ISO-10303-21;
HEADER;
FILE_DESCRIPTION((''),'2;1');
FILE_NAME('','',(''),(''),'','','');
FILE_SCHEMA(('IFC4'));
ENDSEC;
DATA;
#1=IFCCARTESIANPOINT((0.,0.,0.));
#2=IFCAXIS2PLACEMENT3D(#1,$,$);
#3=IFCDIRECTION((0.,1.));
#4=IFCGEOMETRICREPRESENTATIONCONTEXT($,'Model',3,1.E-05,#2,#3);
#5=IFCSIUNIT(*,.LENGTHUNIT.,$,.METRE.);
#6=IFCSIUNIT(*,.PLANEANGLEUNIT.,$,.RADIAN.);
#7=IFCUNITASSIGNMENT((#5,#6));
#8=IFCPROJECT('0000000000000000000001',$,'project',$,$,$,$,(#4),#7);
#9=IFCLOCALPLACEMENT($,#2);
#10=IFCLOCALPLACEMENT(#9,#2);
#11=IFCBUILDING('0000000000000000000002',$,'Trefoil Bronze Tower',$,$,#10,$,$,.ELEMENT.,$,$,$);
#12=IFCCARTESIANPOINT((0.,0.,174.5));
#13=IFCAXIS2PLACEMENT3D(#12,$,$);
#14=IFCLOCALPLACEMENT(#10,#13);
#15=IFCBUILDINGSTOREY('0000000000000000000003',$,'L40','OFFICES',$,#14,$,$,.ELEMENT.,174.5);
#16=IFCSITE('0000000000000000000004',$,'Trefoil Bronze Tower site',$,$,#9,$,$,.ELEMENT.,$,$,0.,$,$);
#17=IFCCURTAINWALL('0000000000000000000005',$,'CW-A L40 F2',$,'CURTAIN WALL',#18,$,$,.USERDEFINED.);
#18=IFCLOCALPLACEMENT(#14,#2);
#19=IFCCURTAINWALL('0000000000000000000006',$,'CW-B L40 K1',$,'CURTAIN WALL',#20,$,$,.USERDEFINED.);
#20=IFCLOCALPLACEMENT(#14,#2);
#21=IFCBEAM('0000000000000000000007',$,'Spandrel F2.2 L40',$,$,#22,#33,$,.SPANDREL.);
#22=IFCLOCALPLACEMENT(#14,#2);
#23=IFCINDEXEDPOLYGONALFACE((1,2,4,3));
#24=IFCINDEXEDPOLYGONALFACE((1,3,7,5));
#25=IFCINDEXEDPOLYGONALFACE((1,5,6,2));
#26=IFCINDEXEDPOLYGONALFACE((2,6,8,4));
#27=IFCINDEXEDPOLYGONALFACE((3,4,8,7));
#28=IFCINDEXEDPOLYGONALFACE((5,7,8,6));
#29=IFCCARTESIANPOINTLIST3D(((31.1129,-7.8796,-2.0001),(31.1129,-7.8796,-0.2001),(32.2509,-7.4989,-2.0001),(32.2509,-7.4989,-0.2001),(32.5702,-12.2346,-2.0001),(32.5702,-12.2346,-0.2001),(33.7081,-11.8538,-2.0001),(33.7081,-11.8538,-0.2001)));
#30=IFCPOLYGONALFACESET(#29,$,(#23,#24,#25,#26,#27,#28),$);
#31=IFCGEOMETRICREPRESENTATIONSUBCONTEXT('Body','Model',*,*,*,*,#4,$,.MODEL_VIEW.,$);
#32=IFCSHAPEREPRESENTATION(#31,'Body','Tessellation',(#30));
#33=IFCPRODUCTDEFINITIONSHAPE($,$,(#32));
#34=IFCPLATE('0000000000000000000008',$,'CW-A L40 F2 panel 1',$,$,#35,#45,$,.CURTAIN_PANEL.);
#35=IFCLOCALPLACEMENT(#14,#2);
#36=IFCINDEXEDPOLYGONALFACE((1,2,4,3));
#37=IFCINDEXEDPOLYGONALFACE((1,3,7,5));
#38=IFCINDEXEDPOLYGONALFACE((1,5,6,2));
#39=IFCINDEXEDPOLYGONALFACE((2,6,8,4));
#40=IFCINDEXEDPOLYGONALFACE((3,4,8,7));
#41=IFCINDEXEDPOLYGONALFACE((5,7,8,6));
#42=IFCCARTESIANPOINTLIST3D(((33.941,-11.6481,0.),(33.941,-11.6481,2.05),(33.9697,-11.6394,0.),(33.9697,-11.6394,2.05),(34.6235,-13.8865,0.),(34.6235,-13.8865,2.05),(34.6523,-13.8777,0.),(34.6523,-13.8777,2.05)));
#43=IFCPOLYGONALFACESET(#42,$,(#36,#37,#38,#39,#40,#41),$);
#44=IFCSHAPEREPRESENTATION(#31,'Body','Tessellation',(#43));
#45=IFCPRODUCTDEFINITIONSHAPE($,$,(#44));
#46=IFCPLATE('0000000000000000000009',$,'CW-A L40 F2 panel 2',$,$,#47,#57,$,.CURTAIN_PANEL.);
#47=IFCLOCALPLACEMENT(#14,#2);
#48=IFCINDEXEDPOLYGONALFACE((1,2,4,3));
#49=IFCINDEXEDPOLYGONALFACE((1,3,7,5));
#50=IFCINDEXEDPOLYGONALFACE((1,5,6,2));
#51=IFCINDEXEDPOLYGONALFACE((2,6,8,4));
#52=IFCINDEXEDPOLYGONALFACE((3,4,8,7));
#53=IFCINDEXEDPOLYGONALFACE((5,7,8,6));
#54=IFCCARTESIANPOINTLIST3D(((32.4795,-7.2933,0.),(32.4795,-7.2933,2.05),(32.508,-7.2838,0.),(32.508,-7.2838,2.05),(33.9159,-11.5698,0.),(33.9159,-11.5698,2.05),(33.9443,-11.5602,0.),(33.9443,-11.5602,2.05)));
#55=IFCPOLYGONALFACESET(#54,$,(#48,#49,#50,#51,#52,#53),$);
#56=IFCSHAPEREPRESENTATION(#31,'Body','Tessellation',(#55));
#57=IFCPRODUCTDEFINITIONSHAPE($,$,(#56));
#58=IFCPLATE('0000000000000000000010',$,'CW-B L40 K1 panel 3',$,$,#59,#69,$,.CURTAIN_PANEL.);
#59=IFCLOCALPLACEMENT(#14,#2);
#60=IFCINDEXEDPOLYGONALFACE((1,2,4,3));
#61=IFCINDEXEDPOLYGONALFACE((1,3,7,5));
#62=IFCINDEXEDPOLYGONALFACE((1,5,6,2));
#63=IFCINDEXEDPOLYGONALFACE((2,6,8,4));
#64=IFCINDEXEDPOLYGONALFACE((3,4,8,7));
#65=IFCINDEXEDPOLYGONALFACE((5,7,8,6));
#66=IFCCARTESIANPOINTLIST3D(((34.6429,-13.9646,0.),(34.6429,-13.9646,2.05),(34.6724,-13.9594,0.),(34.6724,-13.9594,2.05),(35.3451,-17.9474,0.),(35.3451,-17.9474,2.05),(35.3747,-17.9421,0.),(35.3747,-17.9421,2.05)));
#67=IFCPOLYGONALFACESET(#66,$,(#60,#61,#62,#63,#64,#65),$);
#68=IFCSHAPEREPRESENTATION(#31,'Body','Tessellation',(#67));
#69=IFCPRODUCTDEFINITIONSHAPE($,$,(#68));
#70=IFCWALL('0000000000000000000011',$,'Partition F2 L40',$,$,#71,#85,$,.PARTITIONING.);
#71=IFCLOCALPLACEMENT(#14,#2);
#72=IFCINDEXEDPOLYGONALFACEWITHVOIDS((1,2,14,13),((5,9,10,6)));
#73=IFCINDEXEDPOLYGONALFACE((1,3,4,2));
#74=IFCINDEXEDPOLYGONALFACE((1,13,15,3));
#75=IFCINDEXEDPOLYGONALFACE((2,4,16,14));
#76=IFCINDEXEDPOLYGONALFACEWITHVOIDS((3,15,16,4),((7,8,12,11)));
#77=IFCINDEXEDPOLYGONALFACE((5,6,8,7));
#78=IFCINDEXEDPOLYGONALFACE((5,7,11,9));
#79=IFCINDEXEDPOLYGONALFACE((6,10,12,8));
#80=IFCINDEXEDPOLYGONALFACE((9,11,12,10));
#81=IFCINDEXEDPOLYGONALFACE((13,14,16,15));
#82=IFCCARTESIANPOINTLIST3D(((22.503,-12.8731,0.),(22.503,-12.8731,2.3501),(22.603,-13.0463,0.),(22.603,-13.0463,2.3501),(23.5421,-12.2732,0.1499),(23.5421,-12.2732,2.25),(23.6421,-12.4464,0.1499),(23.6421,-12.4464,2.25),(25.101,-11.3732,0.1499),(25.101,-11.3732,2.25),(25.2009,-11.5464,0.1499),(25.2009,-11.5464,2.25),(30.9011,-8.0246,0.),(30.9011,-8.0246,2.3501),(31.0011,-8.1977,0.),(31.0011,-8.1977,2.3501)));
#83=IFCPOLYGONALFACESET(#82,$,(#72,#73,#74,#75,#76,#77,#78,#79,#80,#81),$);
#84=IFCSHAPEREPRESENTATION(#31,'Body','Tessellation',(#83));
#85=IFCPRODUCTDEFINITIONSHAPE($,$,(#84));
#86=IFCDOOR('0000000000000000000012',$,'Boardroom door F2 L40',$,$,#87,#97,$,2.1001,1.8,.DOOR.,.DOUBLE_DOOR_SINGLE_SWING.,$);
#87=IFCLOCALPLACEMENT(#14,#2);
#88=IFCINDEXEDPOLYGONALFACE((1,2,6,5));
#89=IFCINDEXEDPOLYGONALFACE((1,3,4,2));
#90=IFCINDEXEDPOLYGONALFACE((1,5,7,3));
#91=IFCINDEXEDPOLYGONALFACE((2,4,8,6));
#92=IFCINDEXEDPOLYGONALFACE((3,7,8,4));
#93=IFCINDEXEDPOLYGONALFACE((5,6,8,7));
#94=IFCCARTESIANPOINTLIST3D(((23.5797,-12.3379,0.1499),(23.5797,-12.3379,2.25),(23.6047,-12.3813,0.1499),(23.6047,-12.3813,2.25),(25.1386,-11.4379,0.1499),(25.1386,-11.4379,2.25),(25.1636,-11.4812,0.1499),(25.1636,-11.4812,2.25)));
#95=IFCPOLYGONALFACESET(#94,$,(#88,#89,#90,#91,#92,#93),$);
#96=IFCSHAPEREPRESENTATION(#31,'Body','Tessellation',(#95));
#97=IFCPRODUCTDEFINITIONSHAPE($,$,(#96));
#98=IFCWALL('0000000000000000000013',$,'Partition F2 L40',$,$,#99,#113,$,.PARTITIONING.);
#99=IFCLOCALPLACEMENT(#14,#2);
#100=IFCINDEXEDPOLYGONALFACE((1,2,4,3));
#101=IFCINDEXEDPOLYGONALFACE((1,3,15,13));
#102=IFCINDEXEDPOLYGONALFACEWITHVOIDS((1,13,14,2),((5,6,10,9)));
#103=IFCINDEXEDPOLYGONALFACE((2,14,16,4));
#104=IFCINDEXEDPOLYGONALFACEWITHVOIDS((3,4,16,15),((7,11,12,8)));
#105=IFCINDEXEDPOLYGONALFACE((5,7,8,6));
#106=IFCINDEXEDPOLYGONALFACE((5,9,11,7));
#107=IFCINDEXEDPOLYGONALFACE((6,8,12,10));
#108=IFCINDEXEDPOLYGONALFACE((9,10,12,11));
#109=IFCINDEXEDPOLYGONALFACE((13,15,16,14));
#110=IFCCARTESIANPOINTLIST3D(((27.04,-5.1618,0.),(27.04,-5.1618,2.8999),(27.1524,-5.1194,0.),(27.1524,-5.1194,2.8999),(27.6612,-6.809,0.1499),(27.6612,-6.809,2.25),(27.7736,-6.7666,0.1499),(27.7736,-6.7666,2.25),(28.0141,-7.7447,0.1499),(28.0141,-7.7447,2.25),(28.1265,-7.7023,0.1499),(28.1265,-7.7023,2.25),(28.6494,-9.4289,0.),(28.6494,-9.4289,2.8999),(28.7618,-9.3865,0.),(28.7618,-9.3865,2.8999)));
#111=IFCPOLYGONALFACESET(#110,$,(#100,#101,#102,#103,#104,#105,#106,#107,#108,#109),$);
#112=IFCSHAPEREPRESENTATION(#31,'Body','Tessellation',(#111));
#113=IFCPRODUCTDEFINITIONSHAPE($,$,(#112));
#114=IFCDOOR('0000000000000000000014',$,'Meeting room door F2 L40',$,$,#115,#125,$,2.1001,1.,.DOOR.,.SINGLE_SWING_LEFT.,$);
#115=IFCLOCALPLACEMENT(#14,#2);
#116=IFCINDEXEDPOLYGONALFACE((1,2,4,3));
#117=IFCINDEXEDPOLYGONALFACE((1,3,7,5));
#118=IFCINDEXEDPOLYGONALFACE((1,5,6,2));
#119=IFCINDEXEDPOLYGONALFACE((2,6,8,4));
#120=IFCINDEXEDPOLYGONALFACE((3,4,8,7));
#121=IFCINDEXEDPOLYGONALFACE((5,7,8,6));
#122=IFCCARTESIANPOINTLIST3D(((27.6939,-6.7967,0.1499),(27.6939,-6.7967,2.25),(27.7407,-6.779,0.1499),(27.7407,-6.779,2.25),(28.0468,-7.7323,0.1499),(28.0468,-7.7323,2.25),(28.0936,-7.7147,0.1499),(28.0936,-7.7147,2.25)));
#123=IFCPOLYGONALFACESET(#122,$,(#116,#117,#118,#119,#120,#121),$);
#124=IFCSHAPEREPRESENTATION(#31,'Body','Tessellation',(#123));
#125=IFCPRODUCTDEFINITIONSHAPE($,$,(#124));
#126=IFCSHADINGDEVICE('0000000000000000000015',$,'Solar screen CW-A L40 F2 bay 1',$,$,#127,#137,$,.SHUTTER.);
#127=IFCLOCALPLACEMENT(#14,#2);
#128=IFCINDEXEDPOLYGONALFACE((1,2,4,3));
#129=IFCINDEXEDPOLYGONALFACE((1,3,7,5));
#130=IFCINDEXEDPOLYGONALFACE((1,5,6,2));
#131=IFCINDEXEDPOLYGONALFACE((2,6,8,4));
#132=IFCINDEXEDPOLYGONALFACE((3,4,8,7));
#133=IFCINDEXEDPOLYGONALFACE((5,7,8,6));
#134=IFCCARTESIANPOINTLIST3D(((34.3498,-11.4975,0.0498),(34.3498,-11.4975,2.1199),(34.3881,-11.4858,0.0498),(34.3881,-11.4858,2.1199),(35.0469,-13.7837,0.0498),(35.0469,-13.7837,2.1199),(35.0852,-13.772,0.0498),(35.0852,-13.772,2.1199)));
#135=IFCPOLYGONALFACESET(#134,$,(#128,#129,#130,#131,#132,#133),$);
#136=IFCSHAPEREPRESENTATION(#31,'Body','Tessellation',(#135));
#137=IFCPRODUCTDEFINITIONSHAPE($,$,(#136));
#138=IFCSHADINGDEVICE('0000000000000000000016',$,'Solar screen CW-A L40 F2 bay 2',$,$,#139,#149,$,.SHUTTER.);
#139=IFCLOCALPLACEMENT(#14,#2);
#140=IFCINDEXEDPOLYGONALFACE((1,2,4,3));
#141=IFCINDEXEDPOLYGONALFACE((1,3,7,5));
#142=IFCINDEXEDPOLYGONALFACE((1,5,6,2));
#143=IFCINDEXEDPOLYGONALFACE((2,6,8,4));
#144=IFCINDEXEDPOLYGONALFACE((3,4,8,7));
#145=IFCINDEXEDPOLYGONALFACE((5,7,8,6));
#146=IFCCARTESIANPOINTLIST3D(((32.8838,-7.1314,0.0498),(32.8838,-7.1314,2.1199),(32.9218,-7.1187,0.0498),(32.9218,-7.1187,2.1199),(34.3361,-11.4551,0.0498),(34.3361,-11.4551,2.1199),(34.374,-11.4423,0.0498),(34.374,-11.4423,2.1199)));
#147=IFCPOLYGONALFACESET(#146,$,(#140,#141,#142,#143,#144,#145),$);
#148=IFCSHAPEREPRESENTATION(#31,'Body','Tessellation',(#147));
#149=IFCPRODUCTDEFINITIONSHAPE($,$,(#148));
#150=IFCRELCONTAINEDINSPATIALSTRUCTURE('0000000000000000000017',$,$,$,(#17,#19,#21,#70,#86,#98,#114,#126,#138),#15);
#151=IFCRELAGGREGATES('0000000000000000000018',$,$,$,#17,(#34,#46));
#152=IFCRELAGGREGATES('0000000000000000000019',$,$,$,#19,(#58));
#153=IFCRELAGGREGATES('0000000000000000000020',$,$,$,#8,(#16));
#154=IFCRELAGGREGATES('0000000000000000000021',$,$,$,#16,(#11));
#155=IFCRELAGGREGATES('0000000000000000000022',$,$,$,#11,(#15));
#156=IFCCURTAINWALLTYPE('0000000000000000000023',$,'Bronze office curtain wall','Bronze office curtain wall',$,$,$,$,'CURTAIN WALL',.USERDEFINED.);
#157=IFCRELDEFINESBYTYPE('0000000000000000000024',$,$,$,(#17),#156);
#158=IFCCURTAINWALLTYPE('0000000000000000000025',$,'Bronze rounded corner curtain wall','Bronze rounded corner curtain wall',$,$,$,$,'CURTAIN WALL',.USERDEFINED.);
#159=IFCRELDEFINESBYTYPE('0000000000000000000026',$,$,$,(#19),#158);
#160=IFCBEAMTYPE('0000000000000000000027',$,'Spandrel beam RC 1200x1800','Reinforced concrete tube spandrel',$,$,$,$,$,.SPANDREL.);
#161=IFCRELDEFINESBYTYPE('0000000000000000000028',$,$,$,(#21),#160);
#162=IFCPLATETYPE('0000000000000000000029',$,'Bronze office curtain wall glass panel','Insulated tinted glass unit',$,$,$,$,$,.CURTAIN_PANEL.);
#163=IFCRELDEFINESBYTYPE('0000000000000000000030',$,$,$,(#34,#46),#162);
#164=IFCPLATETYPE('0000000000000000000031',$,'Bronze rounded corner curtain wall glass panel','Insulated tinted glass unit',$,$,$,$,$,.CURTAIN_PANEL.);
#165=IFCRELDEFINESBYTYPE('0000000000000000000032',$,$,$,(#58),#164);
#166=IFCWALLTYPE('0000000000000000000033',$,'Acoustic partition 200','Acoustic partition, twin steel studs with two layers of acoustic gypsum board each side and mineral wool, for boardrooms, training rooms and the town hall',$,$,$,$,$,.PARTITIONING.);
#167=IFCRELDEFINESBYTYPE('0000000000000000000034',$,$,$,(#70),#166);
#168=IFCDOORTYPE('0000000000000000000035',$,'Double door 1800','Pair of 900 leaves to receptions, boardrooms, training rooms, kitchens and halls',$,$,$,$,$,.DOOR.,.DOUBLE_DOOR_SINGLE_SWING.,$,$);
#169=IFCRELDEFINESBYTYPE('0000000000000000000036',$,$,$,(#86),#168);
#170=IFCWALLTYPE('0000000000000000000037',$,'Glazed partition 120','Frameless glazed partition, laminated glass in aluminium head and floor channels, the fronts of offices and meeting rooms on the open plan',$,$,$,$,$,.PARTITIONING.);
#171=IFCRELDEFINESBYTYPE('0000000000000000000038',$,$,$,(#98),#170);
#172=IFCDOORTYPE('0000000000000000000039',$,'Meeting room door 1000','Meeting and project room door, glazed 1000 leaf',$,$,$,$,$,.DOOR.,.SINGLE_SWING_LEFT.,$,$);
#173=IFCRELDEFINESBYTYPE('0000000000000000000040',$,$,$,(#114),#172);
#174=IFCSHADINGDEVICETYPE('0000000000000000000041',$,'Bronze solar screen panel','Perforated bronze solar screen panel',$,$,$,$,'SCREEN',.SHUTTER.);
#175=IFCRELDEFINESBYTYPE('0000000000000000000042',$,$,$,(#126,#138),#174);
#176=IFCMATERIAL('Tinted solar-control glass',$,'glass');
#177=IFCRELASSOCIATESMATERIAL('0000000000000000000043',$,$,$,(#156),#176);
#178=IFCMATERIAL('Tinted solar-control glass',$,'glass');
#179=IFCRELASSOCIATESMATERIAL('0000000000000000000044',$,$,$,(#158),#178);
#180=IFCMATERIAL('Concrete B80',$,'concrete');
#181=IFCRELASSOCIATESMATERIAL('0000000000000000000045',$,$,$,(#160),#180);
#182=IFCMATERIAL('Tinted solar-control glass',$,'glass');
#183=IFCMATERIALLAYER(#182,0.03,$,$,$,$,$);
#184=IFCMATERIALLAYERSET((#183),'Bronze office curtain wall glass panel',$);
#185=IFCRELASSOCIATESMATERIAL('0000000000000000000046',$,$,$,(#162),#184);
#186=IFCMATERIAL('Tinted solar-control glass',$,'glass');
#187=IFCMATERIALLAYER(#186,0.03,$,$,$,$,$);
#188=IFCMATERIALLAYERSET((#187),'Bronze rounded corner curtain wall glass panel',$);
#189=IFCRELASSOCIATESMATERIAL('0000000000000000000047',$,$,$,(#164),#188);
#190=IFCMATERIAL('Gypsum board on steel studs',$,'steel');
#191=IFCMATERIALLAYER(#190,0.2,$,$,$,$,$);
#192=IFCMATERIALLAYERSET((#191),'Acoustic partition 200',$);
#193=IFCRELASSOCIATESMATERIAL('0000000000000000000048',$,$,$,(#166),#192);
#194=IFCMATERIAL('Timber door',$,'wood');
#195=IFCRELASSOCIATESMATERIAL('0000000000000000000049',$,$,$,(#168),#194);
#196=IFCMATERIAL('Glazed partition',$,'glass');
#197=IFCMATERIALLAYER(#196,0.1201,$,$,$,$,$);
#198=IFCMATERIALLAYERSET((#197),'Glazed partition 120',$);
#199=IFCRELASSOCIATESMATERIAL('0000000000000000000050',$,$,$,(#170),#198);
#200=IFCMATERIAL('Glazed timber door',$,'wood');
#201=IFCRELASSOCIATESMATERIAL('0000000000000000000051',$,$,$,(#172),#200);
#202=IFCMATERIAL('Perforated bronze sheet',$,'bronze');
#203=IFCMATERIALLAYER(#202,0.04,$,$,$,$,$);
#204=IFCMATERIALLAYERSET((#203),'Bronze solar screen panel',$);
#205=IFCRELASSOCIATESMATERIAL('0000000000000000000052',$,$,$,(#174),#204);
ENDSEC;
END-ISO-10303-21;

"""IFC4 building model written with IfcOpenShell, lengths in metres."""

from ifc_helpers import new_model, si_unit, direction, frame, frame_2d, origin, origin_2d, place, context, subcontext, project, spatial, rectangle, extrude, material, layer, layer_set, material_profile, profile_set, type_object, element, fill, aggregate, save


model = new_model("IFC4")

# Units and contexts
model_context = context("Model", 3, precision=1e-05, world=origin(), true_north=direction((0.0, 1.0)))
body_context = subcontext(model_context, "Body", "Model", "MODEL_VIEW")
ifc_project = project(units=[si_unit("LENGTHUNIT", "METRE"), si_unit("PLANEANGLEUNIT", "RADIAN")], contexts=[model_context])

# Site, building, storey
site_placement = place(None, origin())
site = spatial("IfcSite", under=ifc_project, at=site_placement, Name="Trefoil Bronze Tower site", CompositionType="ELEMENT", RefElevation=0.0)
building_placement = place(site_placement, origin())
building = spatial("IfcBuilding", under=site, at=building_placement, Name="Trefoil Bronze Tower", CompositionType="ELEMENT")
storey_placement = place(building_placement, frame((0.0, 0.0, 174.5)))
storey = spatial("IfcBuildingStorey", under=building, at=storey_placement, Name="L40", Description="OFFICES", CompositionType="ELEMENT", Elevation=174.5)

# Curtain wall
ifc_material_1 = material(Name="Tinted solar-control glass", Category="glass")
curtain_wall_type_1 = type_object("IfcCurtainWallType", Name="Bronze office curtain wall", Description="Bronze office curtain wall", ElementType="CURTAIN WALL", PredefinedType="USERDEFINED", material=ifc_material_1)
curtain_wall_1_placement = place(storey_placement, origin())
curtain_wall_1 = element("IfcCurtainWall", 1, at=curtain_wall_1_placement, inside=storey, type_object=curtain_wall_type_1, Name="CW-A L40 F2", ObjectType="CURTAIN WALL", PredefinedType="USERDEFINED")

# Curtain wall
ifc_material_2 = material(Name="Tinted solar-control glass", Category="glass")
curtain_wall_type_2 = type_object("IfcCurtainWallType", Name="Bronze rounded corner curtain wall", Description="Bronze rounded corner curtain wall", ElementType="CURTAIN WALL", PredefinedType="USERDEFINED", material=ifc_material_2)
curtain_wall_2_placement = place(storey_placement, origin())
curtain_wall_2 = element("IfcCurtainWall", 2, at=curtain_wall_2_placement, inside=storey, type_object=curtain_wall_type_2, Name="CW-B L40 K1", ObjectType="CURTAIN WALL", PredefinedType="USERDEFINED")

# Beam
ifc_material_3 = material(Name="Concrete B80", Category="concrete")
ifc_material_profile_1 = material_profile(ifc_material_3, rectangle(XDim=1.2, YDim=1.8, at=origin_2d()), Name="RC 1200x1800")
ifc_profile_set_1 = profile_set([ifc_material_profile_1], Name="Concrete B80")
beam_type_1 = type_object("IfcBeamType", Name="Spandrel beam RC 1200x1800", Description="Reinforced concrete tube spandrel", PredefinedType="SPANDREL", material=ifc_profile_set_1)
beam_1_placement = place(storey_placement, frame((33.1392, -12.0442, -1.1001), z_axis=(-0.317328, 0.948316, 0.0), x_axis=(-0.948316, -0.317328, 0.0)))
element("IfcBeam", 3, at=beam_1_placement, inside=storey, type_object=beam_type_1, Name="Spandrel F2.2 L40", PredefinedType="SPANDREL", context=body_context, shape_type="SweptSolid", body=[
    extrude(rectangle(XDim=1.2, YDim=1.8, at=origin_2d()), origin(), (0.0, 0.0, 1.0), 4.5923),
])

# Plates
ifc_material_4 = material(Name="Tinted solar-control glass", Category="glass")
ifc_layer_1 = layer(ifc_material_4, 0.03)
ifc_layer_set_1 = layer_set([ifc_layer_1], Name="Bronze office curtain wall glass panel")
plate_type_1 = type_object("IfcPlateType", Name="Bronze office curtain wall glass panel", Description="Insulated tinted glass unit", PredefinedType="CURTAIN_PANEL", material=ifc_layer_set_1)
plate_1_placement = place(storey_placement, frame((34.2966, -12.7629, 0.0), z_axis=(0.0, 0.0, 1.0), x_axis=(-0.291669, 0.956519, 0.0)))
plate_1 = element("IfcPlate", 4, at=plate_1_placement, type_object=plate_type_1, Name="CW-A L40 F2 panel 1", PredefinedType="CURTAIN_PANEL", context=body_context, shape_type="SweptSolid", body=[
    extrude(rectangle(XDim=2.3401, YDim=0.03, at=origin_2d()), origin(), (0.0, 0.0, 1.0), 2.05),
])
plate_2_placement = place(storey_placement, frame((33.2119, -9.4268, 0.0), z_axis=(0.0, 0.0, 1.0), x_axis=(-0.318404, 0.947955, 0.0)))
plate_2 = element("IfcPlate", 5, at=plate_2_placement, type_object=plate_type_1, Name="CW-A L40 F2 panel 2", PredefinedType="CURTAIN_PANEL", context=body_context, shape_type="SweptSolid", body=[
    extrude(rectangle(XDim=4.5112, YDim=0.03, at=origin_2d()), origin(), (0.0, 0.0, 1.0), 2.05),
])
aggregate(curtain_wall_1, [plate_1, plate_2])
ifc_material_5 = material(Name="Tinted solar-control glass", Category="glass")
ifc_layer_2 = layer(ifc_material_5, 0.03)
ifc_layer_set_2 = layer_set([ifc_layer_2], Name="Bronze rounded corner curtain wall glass panel")
plate_type_2 = type_object("IfcPlateType", Name="Bronze rounded corner curtain wall glass panel", Description="Insulated tinted glass unit", PredefinedType="CURTAIN_PANEL", material=ifc_layer_set_2)
plate_3_placement = place(storey_placement, frame((35.0088, -15.9534, 0.0), z_axis=(0.0, 0.0, 1.0), x_axis=(-0.173648, 0.984808, 0.0)))
plate_3 = element("IfcPlate", 6, at=plate_3_placement, type_object=plate_type_2, Name="CW-B L40 K1 panel 3", PredefinedType="CURTAIN_PANEL", context=body_context, shape_type="SweptSolid", body=[
    extrude(rectangle(XDim=4.0442, YDim=0.03, at=origin_2d()), origin(), (0.0, 0.0, 1.0), 2.05),
])
aggregate(curtain_wall_2, [plate_3])

# Walls, openings, doors
ifc_material_6 = material(Name="Gypsum board on steel studs", Category="steel")
ifc_layer_3 = layer(ifc_material_6, 0.2)
ifc_layer_set_3 = layer_set([ifc_layer_3], Name="Acoustic partition 200")
wall_type_1 = type_object("IfcWallType", Name="Acoustic partition 200", Description="Acoustic partition, twin steel studs with two layers of acoustic gypsum board each side and mineral wool, for boardrooms, training rooms and the town hall", PredefinedType="PARTITIONING", material=ifc_layer_set_3)
wall_1_placement = place(storey_placement, frame((22.553, -12.9597, 0.0), z_axis=(0.0, 0.0, 1.0), x_axis=(0.866028, 0.499995, 0.0)))
wall_1 = element("IfcWall", 7, at=wall_1_placement, inside=storey, type_object=wall_type_1, Name="Partition F2 L40", PredefinedType="PARTITIONING", context=body_context, shape_type="SweptSolid", body=[
    extrude(rectangle(XDim=9.6973, YDim=0.2, at=frame_2d((4.8486, 0.0))), origin(), (0.0, 0.0, 1.0), 2.3501),
])
opening_1_placement = place(wall_1_placement, frame((1.2, 0.0, 0.1499)))
opening_1 = element("IfcOpeningElement", 8, at=opening_1_placement, cuts=wall_1, PredefinedType="OPENING", context=body_context, shape_type="SweptSolid", body=[
    extrude(rectangle(XDim=1.8, YDim=2.1001, at=frame_2d((0.8999, 1.05))), frame((0.0, 0.1099, 0.0), z_axis=(0.0, -1.0, 0.0), x_axis=(1.0, 0.0, 0.0)), (0.0, 0.0, 1.0), 0.22),
])
ifc_material_7 = material(Name="Timber door", Category="wood")
door_type_1 = type_object("IfcDoorType", Name="Double door 1800", Description="Pair of 900 leaves to receptions, boardrooms, training rooms, kitchens and halls", OperationType="DOUBLE_DOOR_SINGLE_SWING", PredefinedType="DOOR", material=ifc_material_7)
door_1_placement = place(opening_1_placement, frame((1.8, 0.0, 0.0), z_axis=(0.0, 0.0, 1.0), x_axis=(-1.0, 0.0, 0.0)))
door_1 = element("IfcDoor", 9, at=door_1_placement, inside=storey, type_object=door_type_1, Name="Boardroom door F2 L40", OperationType="DOUBLE_DOOR_SINGLE_SWING", OverallHeight=2.1001, OverallWidth=1.8, PredefinedType="DOOR", context=body_context, shape_type="SweptSolid", body=[
    extrude(rectangle(XDim=1.8, YDim=2.1001, at=frame_2d((0.8999, 1.05))), frame((0.0, 0.0249, 0.0), z_axis=(0.0, -1.0, 0.0), x_axis=(1.0, 0.0, 0.0)), (0.0, 0.0, 1.0), 0.05),
])
fill(opening_1, door_1)
ifc_material_8 = material(Name="Glazed partition", Category="glass")
ifc_layer_4 = layer(ifc_material_8, 0.1201)
ifc_layer_set_4 = layer_set([ifc_layer_4], Name="Glazed partition 120")
wall_type_2 = type_object("IfcWallType", Name="Glazed partition 120", Description="Frameless glazed partition, laminated glass in aluminium head and floor channels, the fronts of offices and meeting rooms on the open plan", PredefinedType="PARTITIONING", material=ifc_layer_set_4)
wall_2_placement = place(storey_placement, frame((28.7056, -9.4077, 0.0), z_axis=(0.0, 0.0, 1.0), x_axis=(-0.352895, 0.935663, 0.0)))
wall_2 = element("IfcWall", 10, at=wall_2_placement, inside=storey, type_object=wall_type_2, Name="Partition F2 L40", PredefinedType="PARTITIONING", context=body_context, shape_type="SweptSolid", body=[
    extrude(rectangle(XDim=4.5605, YDim=0.1201, at=frame_2d((2.2803, 0.0))), origin(), (0.0, 0.0, 1.0), 2.8999),
])
opening_2_placement = place(wall_2_placement, frame((1.8, 0.0, 0.1499)))
opening_2 = element("IfcOpeningElement", 11, at=opening_2_placement, cuts=wall_2, PredefinedType="OPENING", context=body_context, shape_type="SweptSolid", body=[
    extrude(rectangle(XDim=1.0, YDim=2.1001, at=frame_2d((0.5, 1.05))), frame((0.0, 0.0701, 0.0), z_axis=(0.0, -1.0, 0.0), x_axis=(1.0, 0.0, 0.0)), (0.0, 0.0, 1.0), 0.1401),
])
ifc_material_9 = material(Name="Glazed timber door", Category="wood")
door_type_2 = type_object("IfcDoorType", Name="Meeting room door 1000", Description="Meeting and project room door, glazed 1000 leaf", OperationType="SINGLE_SWING_LEFT", PredefinedType="DOOR", material=ifc_material_9)
door_2_placement = place(opening_2_placement, frame((1.0, 0.0, 0.0), z_axis=(0.0, 0.0, 1.0), x_axis=(-1.0, 0.0, 0.0)))
door_2 = element("IfcDoor", 12, at=door_2_placement, inside=storey, type_object=door_type_2, Name="Meeting room door F2 L40", OperationType="SINGLE_SWING_LEFT", OverallHeight=2.1001, OverallWidth=1.0, PredefinedType="DOOR", context=body_context, shape_type="SweptSolid", body=[
    extrude(rectangle(XDim=1.0, YDim=2.1001, at=frame_2d((0.5, 1.05))), frame((0.0, 0.0249, 0.0), z_axis=(0.0, -1.0, 0.0), x_axis=(1.0, 0.0, 0.0)), (0.0, 0.0, 1.0), 0.05),
])
fill(opening_2, door_2)

# Shading devices
ifc_material_10 = material(Name="Perforated bronze sheet", Category="bronze")
ifc_layer_5 = layer(ifc_material_10, 0.04)
ifc_layer_set_5 = layer_set([ifc_layer_5], Name="Bronze solar screen panel")
shading_device_type = type_object("IfcShadingDeviceType", Name="Bronze solar screen panel", Description="Perforated bronze solar screen panel", ElementType="SCREEN", PredefinedType="SHUTTER", material=ifc_layer_set_5)
shading_device_1_placement = place(storey_placement, frame((34.7175, -12.6348, 0.0498), z_axis=(0.0, 0.0, 1.0), x_axis=(-0.291669, 0.956519, 0.0)))
element("IfcShadingDevice", 13, at=shading_device_1_placement, inside=storey, type_object=shading_device_type, Name="Solar screen CW-A L40 F2 bay 1", PredefinedType="SHUTTER", context=body_context, shape_type="SweptSolid", body=[
    extrude(rectangle(XDim=2.3901, YDim=0.04, at=origin_2d()), origin(), (0.0, 0.0, 1.0), 2.0701),
])
shading_device_2_placement = place(storey_placement, frame((33.6289, -9.2869, 0.0498), z_axis=(0.0, 0.0, 1.0), x_axis=(-0.318404, 0.947955, 0.0)))
element("IfcShadingDevice", 14, at=shading_device_2_placement, inside=storey, type_object=shading_device_type, Name="Solar screen CW-A L40 F2 bay 2", PredefinedType="SHUTTER", context=body_context, shape_type="SweptSolid", body=[
    extrude(rectangle(XDim=4.561, YDim=0.04, at=origin_2d()), origin(), (0.0, 0.0, 1.0), 2.0701),
])

save(model, "model.ifc")
